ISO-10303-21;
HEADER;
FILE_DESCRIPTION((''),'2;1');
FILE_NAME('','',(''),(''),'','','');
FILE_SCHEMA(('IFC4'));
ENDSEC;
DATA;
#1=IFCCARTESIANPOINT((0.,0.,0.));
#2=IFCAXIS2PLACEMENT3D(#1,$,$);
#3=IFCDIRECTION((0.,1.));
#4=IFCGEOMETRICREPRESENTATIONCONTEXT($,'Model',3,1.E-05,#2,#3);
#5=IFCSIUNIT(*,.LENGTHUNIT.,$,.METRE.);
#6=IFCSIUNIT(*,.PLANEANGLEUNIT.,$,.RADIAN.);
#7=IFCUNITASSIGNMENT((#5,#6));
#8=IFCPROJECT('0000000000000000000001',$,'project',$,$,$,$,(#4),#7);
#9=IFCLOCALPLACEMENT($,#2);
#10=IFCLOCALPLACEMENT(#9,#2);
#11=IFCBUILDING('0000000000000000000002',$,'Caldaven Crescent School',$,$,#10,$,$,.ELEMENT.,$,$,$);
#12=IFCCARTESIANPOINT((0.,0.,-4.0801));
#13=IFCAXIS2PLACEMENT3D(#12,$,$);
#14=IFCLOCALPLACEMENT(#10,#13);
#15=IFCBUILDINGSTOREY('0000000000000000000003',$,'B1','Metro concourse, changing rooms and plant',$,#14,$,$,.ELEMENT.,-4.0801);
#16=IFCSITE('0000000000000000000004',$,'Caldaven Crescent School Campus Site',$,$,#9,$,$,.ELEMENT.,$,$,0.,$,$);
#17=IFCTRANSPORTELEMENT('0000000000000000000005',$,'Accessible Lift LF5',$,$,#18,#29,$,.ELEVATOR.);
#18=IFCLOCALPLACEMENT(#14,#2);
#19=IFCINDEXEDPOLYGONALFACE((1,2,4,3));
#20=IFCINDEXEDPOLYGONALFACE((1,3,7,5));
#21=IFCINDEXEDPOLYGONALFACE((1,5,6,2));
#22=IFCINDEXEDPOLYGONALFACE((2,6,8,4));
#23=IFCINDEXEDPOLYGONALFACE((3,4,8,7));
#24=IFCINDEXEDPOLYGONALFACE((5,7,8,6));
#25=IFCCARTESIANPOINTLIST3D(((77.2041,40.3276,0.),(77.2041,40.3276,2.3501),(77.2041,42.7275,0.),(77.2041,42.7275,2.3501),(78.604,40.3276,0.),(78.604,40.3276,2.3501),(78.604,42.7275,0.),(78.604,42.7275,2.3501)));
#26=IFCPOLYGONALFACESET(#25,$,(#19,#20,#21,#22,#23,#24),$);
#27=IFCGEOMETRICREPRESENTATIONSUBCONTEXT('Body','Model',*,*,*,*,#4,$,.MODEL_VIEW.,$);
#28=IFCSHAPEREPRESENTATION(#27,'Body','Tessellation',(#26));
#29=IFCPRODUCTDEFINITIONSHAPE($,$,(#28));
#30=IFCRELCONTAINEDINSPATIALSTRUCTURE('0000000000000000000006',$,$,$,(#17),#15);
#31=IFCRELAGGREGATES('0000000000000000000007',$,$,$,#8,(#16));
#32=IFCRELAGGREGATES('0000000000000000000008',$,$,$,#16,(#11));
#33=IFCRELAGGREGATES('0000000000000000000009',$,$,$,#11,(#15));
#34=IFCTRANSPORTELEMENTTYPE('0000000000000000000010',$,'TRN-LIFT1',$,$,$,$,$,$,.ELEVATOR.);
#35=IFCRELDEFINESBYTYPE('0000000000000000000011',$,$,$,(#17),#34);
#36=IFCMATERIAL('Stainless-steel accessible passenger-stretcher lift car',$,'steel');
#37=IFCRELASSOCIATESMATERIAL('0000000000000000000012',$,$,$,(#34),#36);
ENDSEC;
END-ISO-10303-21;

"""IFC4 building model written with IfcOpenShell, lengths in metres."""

from ifc_helpers import new_model, si_unit, direction, frame, origin, origin_2d, place, context, subcontext, project, spatial, rectangle, extrude, material, type_object, element, save


model = new_model("IFC4")

# Units and contexts
model_context = context("Model", 3, precision=1e-05, world=origin(), true_north=direction((0.0, 1.0)))
body_context = subcontext(model_context, "Body", "Model", "MODEL_VIEW")
ifc_project = project(units=[si_unit("LENGTHUNIT", "METRE"), si_unit("PLANEANGLEUNIT", "RADIAN")], contexts=[model_context])

# Site, building, storey
site_placement = place(None, origin())
site = spatial("IfcSite", under=ifc_project, at=site_placement, Name="Caldaven Crescent School Campus Site", CompositionType="ELEMENT", RefElevation=0.0)
building_placement = place(site_placement, origin())
building = spatial("IfcBuilding", under=site, at=building_placement, Name="Caldaven Crescent School", CompositionType="ELEMENT")
storey_placement = place(building_placement, frame((0.0, 0.0, -4.0801)))
storey = spatial("IfcBuildingStorey", under=building, at=storey_placement, Name="B1", Description="Metro concourse, changing rooms and plant", CompositionType="ELEMENT", Elevation=-4.0801)

# Transport element
ifc_material_1 = material(Name="Stainless-steel accessible passenger-stretcher lift car", Category="steel")
transport_element_type = type_object("IfcTransportElementType", Name="TRN-LIFT1", PredefinedType="ELEVATOR", material=ifc_material_1)
transport_element_placement = place(storey_placement, frame((77.9041, 41.5276, 0.0), z_axis=(0.0, 0.0, 1.0), x_axis=(1.0, 0.0, 0.0)))
element("IfcTransportElement", 1, at=transport_element_placement, inside=storey, type_object=transport_element_type, Name="Accessible Lift LF5", PredefinedType="ELEVATOR", context=body_context, shape_type="SweptSolid", body=[
    extrude(rectangle(XDim=1.3999, YDim=2.3999, at=origin_2d()), origin(), (0.0, 0.0, 1.0), 2.3501),
])

save(model, "model.ifc")
